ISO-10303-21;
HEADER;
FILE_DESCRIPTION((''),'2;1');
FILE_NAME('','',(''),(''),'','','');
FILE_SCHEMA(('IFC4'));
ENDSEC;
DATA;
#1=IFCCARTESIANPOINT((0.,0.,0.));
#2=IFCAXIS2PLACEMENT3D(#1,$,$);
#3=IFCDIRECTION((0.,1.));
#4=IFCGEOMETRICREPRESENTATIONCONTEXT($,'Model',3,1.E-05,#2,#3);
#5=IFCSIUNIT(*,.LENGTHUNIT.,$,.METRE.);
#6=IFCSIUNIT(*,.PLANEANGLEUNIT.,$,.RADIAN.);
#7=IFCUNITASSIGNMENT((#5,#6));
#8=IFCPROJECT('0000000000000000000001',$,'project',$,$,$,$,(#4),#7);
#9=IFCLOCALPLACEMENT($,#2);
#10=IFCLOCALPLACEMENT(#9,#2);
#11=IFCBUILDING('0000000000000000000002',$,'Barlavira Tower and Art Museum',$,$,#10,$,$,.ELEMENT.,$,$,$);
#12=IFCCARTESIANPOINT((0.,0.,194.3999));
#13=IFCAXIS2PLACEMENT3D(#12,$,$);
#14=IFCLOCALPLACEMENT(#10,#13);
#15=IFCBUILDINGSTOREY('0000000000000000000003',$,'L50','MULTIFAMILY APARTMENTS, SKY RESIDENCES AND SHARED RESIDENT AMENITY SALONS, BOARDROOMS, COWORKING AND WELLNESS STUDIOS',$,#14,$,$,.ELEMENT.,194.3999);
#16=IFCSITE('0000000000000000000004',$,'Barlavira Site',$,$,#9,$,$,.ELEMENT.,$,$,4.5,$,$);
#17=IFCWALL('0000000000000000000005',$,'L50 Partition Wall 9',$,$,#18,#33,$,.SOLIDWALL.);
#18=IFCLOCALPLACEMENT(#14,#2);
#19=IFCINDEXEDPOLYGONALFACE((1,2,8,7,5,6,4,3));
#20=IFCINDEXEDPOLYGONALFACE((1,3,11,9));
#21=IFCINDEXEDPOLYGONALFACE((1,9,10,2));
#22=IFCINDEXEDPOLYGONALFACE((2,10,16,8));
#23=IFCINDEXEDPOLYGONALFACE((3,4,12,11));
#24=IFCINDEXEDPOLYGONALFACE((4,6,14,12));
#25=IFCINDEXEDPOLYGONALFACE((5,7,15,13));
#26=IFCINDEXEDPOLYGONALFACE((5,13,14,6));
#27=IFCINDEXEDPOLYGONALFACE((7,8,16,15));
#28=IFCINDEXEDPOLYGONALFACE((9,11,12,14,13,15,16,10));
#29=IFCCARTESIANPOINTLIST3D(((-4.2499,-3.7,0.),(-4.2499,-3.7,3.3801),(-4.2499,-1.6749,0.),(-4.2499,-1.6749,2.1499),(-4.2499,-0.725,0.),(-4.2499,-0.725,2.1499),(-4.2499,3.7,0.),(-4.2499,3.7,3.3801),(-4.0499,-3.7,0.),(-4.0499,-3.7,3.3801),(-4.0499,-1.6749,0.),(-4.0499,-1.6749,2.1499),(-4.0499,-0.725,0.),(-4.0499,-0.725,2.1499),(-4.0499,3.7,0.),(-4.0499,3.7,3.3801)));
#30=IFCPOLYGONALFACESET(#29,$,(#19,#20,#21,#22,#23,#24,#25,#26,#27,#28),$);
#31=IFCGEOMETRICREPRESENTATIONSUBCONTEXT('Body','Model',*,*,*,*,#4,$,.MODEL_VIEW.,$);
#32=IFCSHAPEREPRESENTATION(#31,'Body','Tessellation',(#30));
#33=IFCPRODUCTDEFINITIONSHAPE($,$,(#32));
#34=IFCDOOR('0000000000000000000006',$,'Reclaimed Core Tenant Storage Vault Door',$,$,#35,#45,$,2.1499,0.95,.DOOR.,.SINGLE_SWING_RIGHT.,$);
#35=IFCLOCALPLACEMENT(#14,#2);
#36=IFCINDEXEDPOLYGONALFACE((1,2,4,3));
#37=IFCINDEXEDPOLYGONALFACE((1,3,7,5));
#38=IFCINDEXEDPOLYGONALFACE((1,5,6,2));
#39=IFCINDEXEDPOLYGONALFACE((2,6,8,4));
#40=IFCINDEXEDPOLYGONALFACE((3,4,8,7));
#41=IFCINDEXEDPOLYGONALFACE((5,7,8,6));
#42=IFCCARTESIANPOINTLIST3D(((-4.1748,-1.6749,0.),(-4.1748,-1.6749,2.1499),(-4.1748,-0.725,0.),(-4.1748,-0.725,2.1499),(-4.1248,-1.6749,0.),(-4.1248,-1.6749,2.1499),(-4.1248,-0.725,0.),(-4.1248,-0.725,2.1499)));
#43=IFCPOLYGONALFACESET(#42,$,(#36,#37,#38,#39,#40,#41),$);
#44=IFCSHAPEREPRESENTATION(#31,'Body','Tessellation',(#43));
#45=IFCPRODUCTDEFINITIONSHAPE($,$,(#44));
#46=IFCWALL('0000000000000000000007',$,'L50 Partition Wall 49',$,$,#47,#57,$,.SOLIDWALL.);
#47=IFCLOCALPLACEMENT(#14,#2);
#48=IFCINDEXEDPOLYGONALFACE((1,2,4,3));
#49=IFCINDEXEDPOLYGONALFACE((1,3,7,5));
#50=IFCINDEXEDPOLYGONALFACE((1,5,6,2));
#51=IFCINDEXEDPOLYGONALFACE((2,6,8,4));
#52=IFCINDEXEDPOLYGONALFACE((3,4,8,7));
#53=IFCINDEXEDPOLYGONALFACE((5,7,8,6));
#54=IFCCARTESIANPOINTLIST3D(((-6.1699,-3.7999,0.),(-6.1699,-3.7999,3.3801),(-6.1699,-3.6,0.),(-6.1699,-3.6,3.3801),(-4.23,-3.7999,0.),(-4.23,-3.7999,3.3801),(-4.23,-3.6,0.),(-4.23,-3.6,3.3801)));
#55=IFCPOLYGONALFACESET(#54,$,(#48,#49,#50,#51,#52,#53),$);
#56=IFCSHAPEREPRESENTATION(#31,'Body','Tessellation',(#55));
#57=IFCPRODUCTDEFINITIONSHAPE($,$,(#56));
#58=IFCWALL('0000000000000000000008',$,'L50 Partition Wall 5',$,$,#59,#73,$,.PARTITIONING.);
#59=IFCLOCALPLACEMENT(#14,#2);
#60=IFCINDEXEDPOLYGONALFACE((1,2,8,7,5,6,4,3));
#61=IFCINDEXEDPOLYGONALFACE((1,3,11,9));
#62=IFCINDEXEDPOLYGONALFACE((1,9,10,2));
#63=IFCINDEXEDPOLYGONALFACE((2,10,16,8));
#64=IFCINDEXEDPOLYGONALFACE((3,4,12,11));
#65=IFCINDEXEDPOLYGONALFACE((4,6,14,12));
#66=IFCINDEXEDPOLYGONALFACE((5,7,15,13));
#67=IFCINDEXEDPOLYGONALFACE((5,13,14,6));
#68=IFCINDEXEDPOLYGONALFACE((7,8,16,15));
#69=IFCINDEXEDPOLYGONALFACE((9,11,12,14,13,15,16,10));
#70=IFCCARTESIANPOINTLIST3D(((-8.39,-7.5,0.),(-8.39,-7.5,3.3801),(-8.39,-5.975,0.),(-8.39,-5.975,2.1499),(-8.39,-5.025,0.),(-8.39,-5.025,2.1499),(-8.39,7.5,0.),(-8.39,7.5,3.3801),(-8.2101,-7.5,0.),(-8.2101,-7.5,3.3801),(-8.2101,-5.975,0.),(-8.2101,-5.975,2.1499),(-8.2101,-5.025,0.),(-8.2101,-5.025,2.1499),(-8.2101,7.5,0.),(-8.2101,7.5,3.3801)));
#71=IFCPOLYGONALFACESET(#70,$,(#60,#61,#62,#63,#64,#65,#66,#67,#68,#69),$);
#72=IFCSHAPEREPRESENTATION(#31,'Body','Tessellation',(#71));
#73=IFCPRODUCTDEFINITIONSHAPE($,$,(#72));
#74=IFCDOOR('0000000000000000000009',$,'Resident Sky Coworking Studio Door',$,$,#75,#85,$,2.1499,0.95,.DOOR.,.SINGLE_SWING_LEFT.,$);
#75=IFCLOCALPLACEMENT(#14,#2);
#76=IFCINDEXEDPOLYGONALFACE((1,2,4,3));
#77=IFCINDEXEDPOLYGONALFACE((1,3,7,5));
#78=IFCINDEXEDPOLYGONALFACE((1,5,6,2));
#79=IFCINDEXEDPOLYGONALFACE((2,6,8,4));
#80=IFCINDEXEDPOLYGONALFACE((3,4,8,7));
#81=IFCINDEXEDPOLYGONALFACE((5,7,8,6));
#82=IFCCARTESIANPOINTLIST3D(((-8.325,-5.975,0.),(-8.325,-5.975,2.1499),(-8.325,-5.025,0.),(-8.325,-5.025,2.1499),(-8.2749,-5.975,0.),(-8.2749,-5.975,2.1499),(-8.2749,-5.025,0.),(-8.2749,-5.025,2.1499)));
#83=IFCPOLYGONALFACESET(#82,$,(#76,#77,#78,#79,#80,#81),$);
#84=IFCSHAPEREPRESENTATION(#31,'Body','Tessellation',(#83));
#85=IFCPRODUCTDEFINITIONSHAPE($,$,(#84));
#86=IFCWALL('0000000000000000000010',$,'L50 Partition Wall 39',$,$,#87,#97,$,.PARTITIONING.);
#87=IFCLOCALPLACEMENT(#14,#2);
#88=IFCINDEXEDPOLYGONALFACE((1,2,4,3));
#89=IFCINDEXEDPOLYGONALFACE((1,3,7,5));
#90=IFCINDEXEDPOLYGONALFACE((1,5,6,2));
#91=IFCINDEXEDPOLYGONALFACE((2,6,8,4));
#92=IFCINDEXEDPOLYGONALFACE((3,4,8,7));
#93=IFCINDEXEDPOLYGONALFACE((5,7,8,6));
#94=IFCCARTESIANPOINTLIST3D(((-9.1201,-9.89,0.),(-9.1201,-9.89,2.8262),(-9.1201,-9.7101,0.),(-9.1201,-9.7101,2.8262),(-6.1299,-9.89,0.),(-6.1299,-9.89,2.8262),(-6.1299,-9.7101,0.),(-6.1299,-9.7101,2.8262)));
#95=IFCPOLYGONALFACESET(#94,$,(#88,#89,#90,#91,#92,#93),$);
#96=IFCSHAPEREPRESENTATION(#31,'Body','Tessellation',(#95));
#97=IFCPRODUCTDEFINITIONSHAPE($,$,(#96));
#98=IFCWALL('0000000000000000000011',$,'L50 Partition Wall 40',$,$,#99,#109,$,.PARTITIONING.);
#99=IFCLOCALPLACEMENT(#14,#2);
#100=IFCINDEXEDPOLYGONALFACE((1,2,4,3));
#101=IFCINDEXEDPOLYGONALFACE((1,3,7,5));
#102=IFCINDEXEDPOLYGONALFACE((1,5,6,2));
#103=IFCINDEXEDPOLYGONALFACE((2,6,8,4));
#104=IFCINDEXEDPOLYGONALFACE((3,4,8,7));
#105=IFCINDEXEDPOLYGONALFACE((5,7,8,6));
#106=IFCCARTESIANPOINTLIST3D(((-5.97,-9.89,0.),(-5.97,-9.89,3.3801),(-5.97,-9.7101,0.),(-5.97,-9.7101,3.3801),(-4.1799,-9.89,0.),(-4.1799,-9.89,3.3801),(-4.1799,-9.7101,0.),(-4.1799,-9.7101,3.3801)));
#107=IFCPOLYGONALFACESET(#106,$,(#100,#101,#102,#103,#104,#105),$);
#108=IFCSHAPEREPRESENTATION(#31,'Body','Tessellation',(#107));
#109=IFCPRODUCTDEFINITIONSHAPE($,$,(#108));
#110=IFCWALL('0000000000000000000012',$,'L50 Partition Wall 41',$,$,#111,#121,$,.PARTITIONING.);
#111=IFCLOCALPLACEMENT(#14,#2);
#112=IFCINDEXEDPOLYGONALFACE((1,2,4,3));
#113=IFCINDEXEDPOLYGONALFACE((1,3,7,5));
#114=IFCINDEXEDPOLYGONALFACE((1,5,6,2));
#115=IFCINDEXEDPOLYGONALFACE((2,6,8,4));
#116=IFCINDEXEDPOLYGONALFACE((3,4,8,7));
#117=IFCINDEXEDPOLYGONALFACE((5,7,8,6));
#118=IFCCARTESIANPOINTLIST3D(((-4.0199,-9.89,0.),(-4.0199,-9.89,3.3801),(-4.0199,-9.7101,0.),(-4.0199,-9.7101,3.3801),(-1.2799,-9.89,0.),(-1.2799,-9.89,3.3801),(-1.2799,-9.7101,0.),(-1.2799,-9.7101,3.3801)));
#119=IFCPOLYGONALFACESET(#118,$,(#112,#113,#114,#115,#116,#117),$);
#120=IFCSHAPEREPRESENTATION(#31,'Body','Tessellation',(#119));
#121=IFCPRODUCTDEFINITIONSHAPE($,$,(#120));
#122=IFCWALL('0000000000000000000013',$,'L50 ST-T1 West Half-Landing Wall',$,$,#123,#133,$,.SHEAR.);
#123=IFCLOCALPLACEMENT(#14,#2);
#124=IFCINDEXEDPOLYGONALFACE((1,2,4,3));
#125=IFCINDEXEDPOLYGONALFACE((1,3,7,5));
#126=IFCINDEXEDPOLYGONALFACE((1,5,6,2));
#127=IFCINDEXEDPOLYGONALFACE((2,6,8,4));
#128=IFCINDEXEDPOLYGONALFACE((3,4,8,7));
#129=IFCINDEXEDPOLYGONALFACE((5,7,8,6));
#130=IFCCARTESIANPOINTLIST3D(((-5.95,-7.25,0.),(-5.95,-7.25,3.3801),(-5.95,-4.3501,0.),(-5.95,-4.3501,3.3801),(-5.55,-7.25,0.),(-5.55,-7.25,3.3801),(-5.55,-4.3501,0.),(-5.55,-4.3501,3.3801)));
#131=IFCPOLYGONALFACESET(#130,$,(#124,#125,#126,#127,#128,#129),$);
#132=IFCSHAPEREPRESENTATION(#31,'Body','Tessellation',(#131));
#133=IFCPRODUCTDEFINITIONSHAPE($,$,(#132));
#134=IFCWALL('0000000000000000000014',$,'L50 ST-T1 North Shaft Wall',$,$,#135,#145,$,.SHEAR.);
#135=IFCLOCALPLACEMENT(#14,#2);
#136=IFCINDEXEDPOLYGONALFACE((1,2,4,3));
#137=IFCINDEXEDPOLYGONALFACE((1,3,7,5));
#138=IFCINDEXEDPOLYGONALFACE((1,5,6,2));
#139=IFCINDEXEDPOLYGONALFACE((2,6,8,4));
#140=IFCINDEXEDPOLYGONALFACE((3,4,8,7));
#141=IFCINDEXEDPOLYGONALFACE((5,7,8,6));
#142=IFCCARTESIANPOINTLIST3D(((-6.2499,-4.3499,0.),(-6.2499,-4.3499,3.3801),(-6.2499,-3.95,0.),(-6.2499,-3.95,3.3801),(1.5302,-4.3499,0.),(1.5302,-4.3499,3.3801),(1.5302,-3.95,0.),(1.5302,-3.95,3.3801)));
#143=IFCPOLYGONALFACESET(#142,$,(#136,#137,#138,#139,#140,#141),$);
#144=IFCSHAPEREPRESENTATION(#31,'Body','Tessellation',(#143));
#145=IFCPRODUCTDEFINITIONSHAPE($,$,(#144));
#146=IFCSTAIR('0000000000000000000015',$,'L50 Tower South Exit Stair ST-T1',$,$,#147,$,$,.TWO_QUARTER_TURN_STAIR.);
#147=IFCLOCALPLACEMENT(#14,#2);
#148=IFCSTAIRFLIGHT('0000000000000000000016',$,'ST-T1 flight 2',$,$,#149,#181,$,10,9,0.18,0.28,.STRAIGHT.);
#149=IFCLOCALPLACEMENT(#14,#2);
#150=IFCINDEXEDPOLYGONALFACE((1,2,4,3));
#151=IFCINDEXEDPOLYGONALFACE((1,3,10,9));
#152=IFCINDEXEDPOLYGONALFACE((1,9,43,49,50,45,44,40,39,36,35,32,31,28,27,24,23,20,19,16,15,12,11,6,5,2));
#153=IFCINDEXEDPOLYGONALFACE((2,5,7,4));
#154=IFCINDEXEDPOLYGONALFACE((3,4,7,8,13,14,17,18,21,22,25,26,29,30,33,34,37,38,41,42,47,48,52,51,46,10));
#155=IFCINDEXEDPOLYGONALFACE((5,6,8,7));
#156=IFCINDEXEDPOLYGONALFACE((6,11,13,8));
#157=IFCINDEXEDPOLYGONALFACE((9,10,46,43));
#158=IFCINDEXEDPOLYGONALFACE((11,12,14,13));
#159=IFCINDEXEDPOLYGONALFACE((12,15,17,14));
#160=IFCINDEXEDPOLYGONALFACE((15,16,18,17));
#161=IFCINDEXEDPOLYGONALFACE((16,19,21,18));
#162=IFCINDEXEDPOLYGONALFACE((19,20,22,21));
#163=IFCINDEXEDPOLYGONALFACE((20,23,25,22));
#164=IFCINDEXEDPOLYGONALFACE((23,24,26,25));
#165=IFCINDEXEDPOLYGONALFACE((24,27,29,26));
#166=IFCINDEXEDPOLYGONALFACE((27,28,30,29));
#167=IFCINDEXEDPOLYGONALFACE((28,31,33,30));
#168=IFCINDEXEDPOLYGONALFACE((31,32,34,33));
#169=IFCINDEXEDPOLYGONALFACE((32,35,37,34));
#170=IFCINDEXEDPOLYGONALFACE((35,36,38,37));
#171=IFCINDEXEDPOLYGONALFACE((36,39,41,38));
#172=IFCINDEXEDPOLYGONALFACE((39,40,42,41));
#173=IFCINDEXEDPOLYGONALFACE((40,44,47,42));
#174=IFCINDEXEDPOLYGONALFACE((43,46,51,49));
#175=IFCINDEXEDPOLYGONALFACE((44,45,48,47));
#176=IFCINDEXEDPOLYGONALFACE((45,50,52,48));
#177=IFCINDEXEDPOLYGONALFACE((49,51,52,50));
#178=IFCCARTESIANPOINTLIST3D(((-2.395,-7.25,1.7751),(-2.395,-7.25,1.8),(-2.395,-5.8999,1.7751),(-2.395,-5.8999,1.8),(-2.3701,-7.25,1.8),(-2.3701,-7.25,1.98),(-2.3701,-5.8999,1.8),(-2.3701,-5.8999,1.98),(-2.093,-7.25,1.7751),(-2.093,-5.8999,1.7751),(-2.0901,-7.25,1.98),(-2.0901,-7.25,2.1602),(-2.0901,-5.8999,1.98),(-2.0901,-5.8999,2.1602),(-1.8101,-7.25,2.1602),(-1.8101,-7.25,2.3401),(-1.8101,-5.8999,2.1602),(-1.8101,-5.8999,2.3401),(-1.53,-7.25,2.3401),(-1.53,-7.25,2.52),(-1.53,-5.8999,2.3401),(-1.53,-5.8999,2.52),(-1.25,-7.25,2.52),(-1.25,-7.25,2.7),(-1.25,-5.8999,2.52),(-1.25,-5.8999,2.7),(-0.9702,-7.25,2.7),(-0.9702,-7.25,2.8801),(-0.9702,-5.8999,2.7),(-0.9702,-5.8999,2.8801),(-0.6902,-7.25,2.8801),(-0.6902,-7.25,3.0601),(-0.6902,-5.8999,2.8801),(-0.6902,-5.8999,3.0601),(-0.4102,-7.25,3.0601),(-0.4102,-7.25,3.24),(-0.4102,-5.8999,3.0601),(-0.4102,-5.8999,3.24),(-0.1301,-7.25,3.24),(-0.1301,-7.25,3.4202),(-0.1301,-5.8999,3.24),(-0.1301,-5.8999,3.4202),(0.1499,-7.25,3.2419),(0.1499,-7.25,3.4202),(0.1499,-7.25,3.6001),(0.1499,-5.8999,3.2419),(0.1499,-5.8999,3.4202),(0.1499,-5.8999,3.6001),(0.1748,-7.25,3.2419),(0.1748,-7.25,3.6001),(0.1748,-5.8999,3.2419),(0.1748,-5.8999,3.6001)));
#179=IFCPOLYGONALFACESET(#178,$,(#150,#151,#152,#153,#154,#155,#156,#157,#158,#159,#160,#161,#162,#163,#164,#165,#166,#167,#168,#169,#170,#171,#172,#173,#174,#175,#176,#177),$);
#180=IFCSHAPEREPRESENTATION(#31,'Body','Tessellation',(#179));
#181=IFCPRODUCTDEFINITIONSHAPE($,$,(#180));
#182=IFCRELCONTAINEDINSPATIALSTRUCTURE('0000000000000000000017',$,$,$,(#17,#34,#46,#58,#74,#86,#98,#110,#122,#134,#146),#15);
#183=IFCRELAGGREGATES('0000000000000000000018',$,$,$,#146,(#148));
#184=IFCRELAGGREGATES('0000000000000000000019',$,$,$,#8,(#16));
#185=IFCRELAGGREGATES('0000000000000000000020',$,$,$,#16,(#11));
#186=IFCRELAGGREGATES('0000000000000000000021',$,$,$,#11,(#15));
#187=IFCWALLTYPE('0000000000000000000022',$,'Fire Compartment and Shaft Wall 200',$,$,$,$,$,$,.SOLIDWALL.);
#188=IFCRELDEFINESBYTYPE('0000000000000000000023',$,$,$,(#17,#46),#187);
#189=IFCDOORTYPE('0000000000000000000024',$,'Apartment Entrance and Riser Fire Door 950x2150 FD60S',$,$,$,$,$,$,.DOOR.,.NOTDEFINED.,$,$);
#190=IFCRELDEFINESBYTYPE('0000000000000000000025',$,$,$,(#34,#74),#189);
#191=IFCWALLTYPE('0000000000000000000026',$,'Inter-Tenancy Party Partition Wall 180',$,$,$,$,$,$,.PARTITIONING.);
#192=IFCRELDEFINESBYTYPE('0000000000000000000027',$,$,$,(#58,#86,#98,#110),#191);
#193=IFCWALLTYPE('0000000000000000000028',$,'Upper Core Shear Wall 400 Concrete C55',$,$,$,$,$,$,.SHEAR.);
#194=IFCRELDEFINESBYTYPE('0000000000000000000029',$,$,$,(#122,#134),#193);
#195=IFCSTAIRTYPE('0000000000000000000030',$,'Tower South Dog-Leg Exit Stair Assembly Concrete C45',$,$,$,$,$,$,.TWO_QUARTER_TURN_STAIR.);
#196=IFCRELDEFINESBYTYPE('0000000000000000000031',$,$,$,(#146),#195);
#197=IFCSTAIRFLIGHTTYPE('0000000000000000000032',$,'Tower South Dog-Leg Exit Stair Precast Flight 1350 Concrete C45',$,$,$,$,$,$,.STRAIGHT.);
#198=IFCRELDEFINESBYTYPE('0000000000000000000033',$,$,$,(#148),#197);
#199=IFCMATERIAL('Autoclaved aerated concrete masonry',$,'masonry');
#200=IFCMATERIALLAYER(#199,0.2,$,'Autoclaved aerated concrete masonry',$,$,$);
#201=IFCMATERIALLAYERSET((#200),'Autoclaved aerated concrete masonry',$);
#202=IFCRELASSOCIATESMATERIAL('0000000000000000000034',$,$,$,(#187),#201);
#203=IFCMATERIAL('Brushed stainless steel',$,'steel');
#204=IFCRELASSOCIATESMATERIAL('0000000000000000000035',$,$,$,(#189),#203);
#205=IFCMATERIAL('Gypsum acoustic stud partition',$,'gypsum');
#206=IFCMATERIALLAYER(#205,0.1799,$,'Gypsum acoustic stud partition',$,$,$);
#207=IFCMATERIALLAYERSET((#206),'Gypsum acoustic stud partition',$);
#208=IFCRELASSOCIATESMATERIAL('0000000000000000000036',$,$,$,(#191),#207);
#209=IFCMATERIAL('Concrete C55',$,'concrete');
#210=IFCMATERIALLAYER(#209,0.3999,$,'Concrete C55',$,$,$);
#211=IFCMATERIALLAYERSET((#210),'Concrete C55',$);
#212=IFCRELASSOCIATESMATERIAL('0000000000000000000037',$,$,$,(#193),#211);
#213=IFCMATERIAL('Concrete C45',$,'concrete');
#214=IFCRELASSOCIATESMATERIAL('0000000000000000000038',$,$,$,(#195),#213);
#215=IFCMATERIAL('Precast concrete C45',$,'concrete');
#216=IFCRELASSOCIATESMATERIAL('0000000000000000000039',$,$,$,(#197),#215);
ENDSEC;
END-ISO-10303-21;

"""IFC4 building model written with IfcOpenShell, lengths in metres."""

from ifc_helpers import new_model, si_unit, direction, frame, frame_2d, origin, place, context, subcontext, project, spatial, polyline, rectangle, outline, extrude, material, layer, layer_set, type_object, element, fill, aggregate, save


model = new_model("IFC4")

# Units and contexts
model_context = context("Model", 3, precision=1e-05, world=origin(), true_north=direction((0.0, 1.0)))
body_context = subcontext(model_context, "Body", "Model", "MODEL_VIEW")
ifc_project = project(units=[si_unit("LENGTHUNIT", "METRE"), si_unit("PLANEANGLEUNIT", "RADIAN")], contexts=[model_context])

# Site, building, storey
site_placement = place(None, origin())
site = spatial("IfcSite", under=ifc_project, at=site_placement, Name="Barlavira Site", CompositionType="ELEMENT", RefElevation=4.5)
building_placement = place(site_placement, origin())
building = spatial("IfcBuilding", under=site, at=building_placement, Name="Barlavira Tower and Art Museum", CompositionType="ELEMENT")
storey_placement = place(building_placement, frame((0.0, 0.0, 194.3999)))
storey = spatial("IfcBuildingStorey", under=building, at=storey_placement, Name="L50", Description="MULTIFAMILY APARTMENTS, SKY RESIDENCES AND SHARED RESIDENT AMENITY SALONS, BOARDROOMS, COWORKING AND WELLNESS STUDIOS", CompositionType="ELEMENT", Elevation=194.3999)

# Shared definitions
ifc_material_1 = material(Name="Autoclaved aerated concrete masonry", Category="masonry")
ifc_layer_1 = layer(ifc_material_1, 0.2, Name="Autoclaved aerated concrete masonry")
ifc_layer_set_1 = layer_set([ifc_layer_1], Name="Autoclaved aerated concrete masonry")
wall_type_1 = type_object("IfcWallType", Name="Fire Compartment and Shaft Wall 200", PredefinedType="SOLIDWALL", material=ifc_layer_set_1)

# Wall, opening, door
wall_1_placement = place(storey_placement, frame((-4.1499, -3.7, 0.0), z_axis=(0.0, 0.0, 1.0), x_axis=(0.0, 1.0, 0.0)))
wall_1 = element("IfcWall", 1, at=wall_1_placement, inside=storey, type_object=wall_type_1, Name="L50 Partition Wall 9", PredefinedType="SOLIDWALL", context=body_context, shape_type="SweptSolid", body=[
    extrude(rectangle(XDim=7.3999, YDim=0.2, at=frame_2d((3.7, 0.0))), origin(), (0.0, 0.0, 1.0), 3.3801),
])
opening_1_placement = place(wall_1_placement, frame((2.0249, 0.0, 0.0)))
opening_1 = element("IfcOpeningElement", 2, at=opening_1_placement, cuts=wall_1, PredefinedType="OPENING", context=body_context, shape_type="SweptSolid", body=[
    extrude(rectangle(XDim=0.95, YDim=2.1499, at=frame_2d((0.4751, 1.075))), frame((0.0, 0.1099, 0.0), z_axis=(0.0, -1.0, 0.0), x_axis=(1.0, 0.0, 0.0)), (0.0, 0.0, 1.0), 0.22),
])
ifc_material_2 = material(Name="Brushed stainless steel", Category="steel")
door_type = type_object("IfcDoorType", Name="Apartment Entrance and Riser Fire Door 950x2150 FD60S", OperationType="NOTDEFINED", PredefinedType="DOOR", material=ifc_material_2)
door_1_placement = place(opening_1_placement, origin())
door_1 = element("IfcDoor", 3, at=door_1_placement, inside=storey, type_object=door_type, Name="Reclaimed Core Tenant Storage Vault Door", OperationType="SINGLE_SWING_RIGHT", OverallHeight=2.1499, OverallWidth=0.95, PredefinedType="DOOR", context=body_context, shape_type="SweptSolid", body=[
    extrude(rectangle(XDim=0.95, YDim=2.1499, at=frame_2d((0.4751, 1.075))), frame((0.0, 0.0249, 0.0), z_axis=(0.0, -1.0, 0.0), x_axis=(1.0, 0.0, 0.0)), (0.0, 0.0, 1.0), 0.05),
])
fill(opening_1, door_1)

# Wall
wall_2_placement = place(storey_placement, frame((-6.1699, -3.7, 0.0), z_axis=(0.0, 0.0, 1.0), x_axis=(1.0, 0.0, 0.0)))
element("IfcWall", 4, at=wall_2_placement, inside=storey, type_object=wall_type_1, Name="L50 Partition Wall 49", PredefinedType="SOLIDWALL", context=body_context, shape_type="SweptSolid", body=[
    extrude(rectangle(XDim=1.9399, YDim=0.2, at=frame_2d((0.97, 0.0))), origin(), (0.0, 0.0, 1.0), 3.3801),
])

# Wall, opening, door
ifc_material_3 = material(Name="Gypsum acoustic stud partition", Category="gypsum")
ifc_layer_2 = layer(ifc_material_3, 0.1799, Name="Gypsum acoustic stud partition")
ifc_layer_set_2 = layer_set([ifc_layer_2], Name="Gypsum acoustic stud partition")
wall_type_2 = type_object("IfcWallType", Name="Inter-Tenancy Party Partition Wall 180", PredefinedType="PARTITIONING", material=ifc_layer_set_2)
wall_3_placement = place(storey_placement, frame((-8.3, -7.5, 0.0), z_axis=(0.0, 0.0, 1.0), x_axis=(0.0, 1.0, 0.0)))
wall_3 = element("IfcWall", 5, at=wall_3_placement, inside=storey, type_object=wall_type_2, Name="L50 Partition Wall 5", PredefinedType="PARTITIONING", context=body_context, shape_type="SweptSolid", body=[
    extrude(rectangle(XDim=15.0, YDim=0.1799, at=frame_2d((7.5, 0.0))), origin(), (0.0, 0.0, 1.0), 3.3801),
])
opening_2_placement = place(wall_3_placement, frame((1.5249, 0.0, 0.0)))
opening_2 = element("IfcOpeningElement", 6, at=opening_2_placement, cuts=wall_3, PredefinedType="OPENING", context=body_context, shape_type="SweptSolid", body=[
    extrude(rectangle(XDim=0.95, YDim=2.1499, at=frame_2d((0.4751, 1.075))), frame((0.0, 0.1001, 0.0), z_axis=(0.0, -1.0, 0.0), x_axis=(1.0, 0.0, 0.0)), (0.0, 0.0, 1.0), 0.2),
])
door_2_placement = place(opening_2_placement, origin())
door_2 = element("IfcDoor", 7, at=door_2_placement, inside=storey, type_object=door_type, Name="Resident Sky Coworking Studio Door", OperationType="SINGLE_SWING_LEFT", OverallHeight=2.1499, OverallWidth=0.95, PredefinedType="DOOR", context=body_context, shape_type="SweptSolid", body=[
    extrude(rectangle(XDim=0.95, YDim=2.1499, at=frame_2d((0.4751, 1.075))), frame((0.0, 0.0249, 0.0), z_axis=(0.0, -1.0, 0.0), x_axis=(1.0, 0.0, 0.0)), (0.0, 0.0, 1.0), 0.05),
])
fill(opening_2, door_2)

# Walls
wall_4_placement = place(storey_placement, frame((-9.1201, -9.8, 0.0), z_axis=(0.0, 0.0, 1.0), x_axis=(1.0, 0.0, 0.0)))
element("IfcWall", 8, at=wall_4_placement, inside=storey, type_object=wall_type_2, Name="L50 Partition Wall 39", PredefinedType="PARTITIONING", context=body_context, shape_type="SweptSolid", body=[
    extrude(rectangle(XDim=2.9902, YDim=0.1799, at=frame_2d((1.4951, 0.0))), origin(), (0.0, 0.0, 1.0), 2.8262),
])
wall_5_placement = place(storey_placement, frame((-5.97, -9.8, 0.0), z_axis=(0.0, 0.0, 1.0), x_axis=(1.0, 0.0, 0.0)))
element("IfcWall", 9, at=wall_5_placement, inside=storey, type_object=wall_type_2, Name="L50 Partition Wall 40", PredefinedType="PARTITIONING", context=body_context, shape_type="SweptSolid", body=[
    extrude(rectangle(XDim=1.79, YDim=0.1799, at=frame_2d((0.895, 0.0))), origin(), (0.0, 0.0, 1.0), 3.3801),
])
wall_6_placement = place(storey_placement, frame((-4.02, -9.8, 0.0), z_axis=(0.0, 0.0, 1.0), x_axis=(1.0, 0.0, 0.0)))
element("IfcWall", 10, at=wall_6_placement, inside=storey, type_object=wall_type_2, Name="L50 Partition Wall 41", PredefinedType="PARTITIONING", context=body_context, shape_type="SweptSolid", body=[
    extrude(rectangle(XDim=2.74, YDim=0.1799, at=frame_2d((1.3701, 0.0))), origin(), (0.0, 0.0, 1.0), 3.3801),
])
ifc_material_4 = material(Name="Concrete C55", Category="concrete")
ifc_layer_3 = layer(ifc_material_4, 0.3999, Name="Concrete C55")
ifc_layer_set_3 = layer_set([ifc_layer_3], Name="Concrete C55")
wall_type_3 = type_object("IfcWallType", Name="Upper Core Shear Wall 400 Concrete C55", PredefinedType="SHEAR", material=ifc_layer_set_3)
wall_7_placement = place(storey_placement, frame((-5.75, -7.25, 0.0), z_axis=(0.0, 0.0, 1.0), x_axis=(0.0, 1.0, 0.0)))
element("IfcWall", 11, at=wall_7_placement, inside=storey, type_object=wall_type_3, Name="L50 ST-T1 West Half-Landing Wall", PredefinedType="SHEAR", context=body_context, shape_type="SweptSolid", body=[
    extrude(rectangle(XDim=2.8999, YDim=0.3999, at=frame_2d((1.45, 0.0))), origin(), (0.0, 0.0, 1.0), 3.3801),
])
wall_8_placement = place(storey_placement, frame((-6.25, -4.1499, 0.0), z_axis=(0.0, 0.0, 1.0), x_axis=(1.0, 0.0, 0.0)))
element("IfcWall", 12, at=wall_8_placement, inside=storey, type_object=wall_type_3, Name="L50 ST-T1 North Shaft Wall", PredefinedType="SHEAR", context=body_context, shape_type="SweptSolid", body=[
    extrude(rectangle(XDim=7.78, YDim=0.3999, at=frame_2d((3.8901, 0.0))), origin(), (0.0, 0.0, 1.0), 3.3801),
])

# Stair, stair flight
ifc_material_5 = material(Name="Concrete C45", Category="concrete")
stair_type = type_object("IfcStairType", Name="Tower South Dog-Leg Exit Stair Assembly Concrete C45", PredefinedType="TWO_QUARTER_TURN_STAIR", material=ifc_material_5)
stair_placement = place(storey_placement, origin())
stair = element("IfcStair", 13, at=stair_placement, inside=storey, type_object=stair_type, Name="L50 Tower South Exit Stair ST-T1", PredefinedType="TWO_QUARTER_TURN_STAIR")
ifc_material_6 = material(Name="Precast concrete C45", Category="concrete")
stair_flight_type = type_object("IfcStairFlightType", Name="Tower South Dog-Leg Exit Stair Precast Flight 1350 Concrete C45", PredefinedType="STRAIGHT", material=ifc_material_6)
stair_flight_placement = place(storey_placement, frame((-2.3701, -6.575, 1.8), z_axis=(0.0, 0.0, 1.0), x_axis=(1.0, 0.0, 0.0)))
stair_flight = element("IfcStairFlight", 14, at=stair_flight_placement, type_object=stair_flight_type, Name="ST-T1 flight 2", NumberOfRisers=10, NumberOfTreads=9, PredefinedType="STRAIGHT", RiserHeight=0.18, TreadLength=0.28, context=body_context, shape_type="SweptSolid", body=[
    extrude(outline(polyline([(-0.0249, 0.0), (0.0, 0.0), (0.0, 0.1799), (0.28, 0.1799), (0.28, 0.3601), (0.5601, 0.3601), (0.5601, 0.54), (0.8401, 0.54), (0.8401, 0.72), (1.1201, 0.72), (1.1201, 0.8999), (1.3999, 0.8999), (1.3999, 1.0801), (1.6799, 1.0801), (1.6799, 1.26), (1.96, 1.26), (1.96, 1.4399), (2.24, 1.4399), (2.24, 1.6201), (2.52, 1.6201), (2.52, 1.8), (2.5449, 1.8), (2.5449, 1.4419), (2.52, 1.4419), (0.2771, -0.0249), (-0.0249, -0.0249), (-0.0249, 0.0)])), frame((0.0, 0.675, 0.0), z_axis=(0.0, -1.0, 0.0), x_axis=(1.0, 0.0, 0.0)), (0.0, 0.0, 1.0), 1.3501),
])
aggregate(stair, [stair_flight])

save(model, "model.ifc")
